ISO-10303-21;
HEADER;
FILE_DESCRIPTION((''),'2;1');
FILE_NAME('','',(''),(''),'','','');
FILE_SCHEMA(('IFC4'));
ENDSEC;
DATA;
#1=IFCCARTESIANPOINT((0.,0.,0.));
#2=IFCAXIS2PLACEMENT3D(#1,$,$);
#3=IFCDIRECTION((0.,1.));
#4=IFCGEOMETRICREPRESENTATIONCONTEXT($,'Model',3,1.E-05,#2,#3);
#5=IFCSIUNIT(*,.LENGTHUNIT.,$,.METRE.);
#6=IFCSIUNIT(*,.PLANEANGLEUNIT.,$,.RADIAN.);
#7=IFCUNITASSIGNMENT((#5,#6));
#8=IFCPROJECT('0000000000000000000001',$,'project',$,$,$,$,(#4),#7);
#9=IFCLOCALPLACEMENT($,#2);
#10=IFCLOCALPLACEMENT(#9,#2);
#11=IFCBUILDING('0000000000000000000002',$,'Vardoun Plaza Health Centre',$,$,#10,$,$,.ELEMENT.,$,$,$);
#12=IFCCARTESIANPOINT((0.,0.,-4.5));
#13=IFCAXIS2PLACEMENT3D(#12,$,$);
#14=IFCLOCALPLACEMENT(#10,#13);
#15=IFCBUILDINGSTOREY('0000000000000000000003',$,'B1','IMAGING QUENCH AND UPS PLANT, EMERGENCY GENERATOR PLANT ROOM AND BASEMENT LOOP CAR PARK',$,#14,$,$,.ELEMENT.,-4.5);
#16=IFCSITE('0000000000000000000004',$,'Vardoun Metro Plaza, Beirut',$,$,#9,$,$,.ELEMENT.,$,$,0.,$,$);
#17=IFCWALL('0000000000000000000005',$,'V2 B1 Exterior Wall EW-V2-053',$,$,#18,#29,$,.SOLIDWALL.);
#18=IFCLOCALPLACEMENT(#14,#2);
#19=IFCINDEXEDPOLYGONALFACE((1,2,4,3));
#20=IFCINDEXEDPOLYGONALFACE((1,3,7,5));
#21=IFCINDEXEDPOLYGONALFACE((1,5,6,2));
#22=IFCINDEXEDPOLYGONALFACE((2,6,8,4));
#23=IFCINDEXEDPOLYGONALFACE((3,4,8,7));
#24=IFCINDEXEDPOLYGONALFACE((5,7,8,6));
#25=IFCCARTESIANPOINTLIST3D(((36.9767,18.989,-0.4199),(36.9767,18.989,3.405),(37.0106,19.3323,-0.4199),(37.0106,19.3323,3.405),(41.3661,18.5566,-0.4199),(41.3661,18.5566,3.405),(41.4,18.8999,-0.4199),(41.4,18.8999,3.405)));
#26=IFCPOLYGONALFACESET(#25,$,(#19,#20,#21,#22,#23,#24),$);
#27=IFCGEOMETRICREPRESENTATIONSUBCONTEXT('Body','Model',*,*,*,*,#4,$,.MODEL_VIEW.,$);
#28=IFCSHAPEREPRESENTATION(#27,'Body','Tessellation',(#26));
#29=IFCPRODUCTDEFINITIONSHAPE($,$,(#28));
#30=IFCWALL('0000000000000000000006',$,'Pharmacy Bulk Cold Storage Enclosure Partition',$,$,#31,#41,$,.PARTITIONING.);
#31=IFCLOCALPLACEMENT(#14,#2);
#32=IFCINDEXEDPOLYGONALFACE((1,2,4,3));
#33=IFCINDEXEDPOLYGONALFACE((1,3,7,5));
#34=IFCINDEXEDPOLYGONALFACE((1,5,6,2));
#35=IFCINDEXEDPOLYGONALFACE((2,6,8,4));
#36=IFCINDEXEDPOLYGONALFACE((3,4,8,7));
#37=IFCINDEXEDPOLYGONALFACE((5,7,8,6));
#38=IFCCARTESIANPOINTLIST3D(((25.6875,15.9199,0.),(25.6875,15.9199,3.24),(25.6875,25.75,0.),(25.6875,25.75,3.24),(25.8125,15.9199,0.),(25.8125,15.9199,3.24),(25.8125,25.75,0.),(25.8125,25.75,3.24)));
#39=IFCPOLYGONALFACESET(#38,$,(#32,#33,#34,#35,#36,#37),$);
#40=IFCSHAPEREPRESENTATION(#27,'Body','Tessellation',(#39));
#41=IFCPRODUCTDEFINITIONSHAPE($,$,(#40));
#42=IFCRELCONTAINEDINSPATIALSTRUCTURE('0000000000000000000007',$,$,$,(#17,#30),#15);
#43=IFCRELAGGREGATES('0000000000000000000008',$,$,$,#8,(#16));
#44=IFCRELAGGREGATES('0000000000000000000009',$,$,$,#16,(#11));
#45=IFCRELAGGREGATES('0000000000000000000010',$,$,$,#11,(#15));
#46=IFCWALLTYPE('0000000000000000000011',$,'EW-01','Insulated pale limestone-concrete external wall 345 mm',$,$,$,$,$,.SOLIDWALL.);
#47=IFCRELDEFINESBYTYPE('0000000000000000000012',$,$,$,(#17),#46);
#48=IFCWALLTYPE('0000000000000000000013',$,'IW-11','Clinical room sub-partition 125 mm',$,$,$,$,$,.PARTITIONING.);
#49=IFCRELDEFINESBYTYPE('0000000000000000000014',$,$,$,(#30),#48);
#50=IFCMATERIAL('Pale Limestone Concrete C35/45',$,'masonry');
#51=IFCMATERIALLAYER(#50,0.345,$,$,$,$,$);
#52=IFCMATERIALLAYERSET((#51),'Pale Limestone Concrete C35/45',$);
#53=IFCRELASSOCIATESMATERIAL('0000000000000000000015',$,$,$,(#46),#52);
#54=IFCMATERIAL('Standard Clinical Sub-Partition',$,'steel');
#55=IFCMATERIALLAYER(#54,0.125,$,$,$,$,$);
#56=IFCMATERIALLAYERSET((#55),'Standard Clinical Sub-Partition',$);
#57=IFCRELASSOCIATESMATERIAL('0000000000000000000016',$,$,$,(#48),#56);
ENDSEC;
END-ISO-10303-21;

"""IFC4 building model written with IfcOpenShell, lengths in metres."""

from ifc_helpers import new_model, si_unit, direction, frame, frame_2d, origin, place, context, subcontext, project, spatial, rectangle, extrude, material, layer, layer_set, type_object, element, save


model = new_model("IFC4")

# Units and contexts
model_context = context("Model", 3, precision=1e-05, world=origin(), true_north=direction((0.0, 1.0)))
body_context = subcontext(model_context, "Body", "Model", "MODEL_VIEW")
ifc_project = project(units=[si_unit("LENGTHUNIT", "METRE"), si_unit("PLANEANGLEUNIT", "RADIAN")], contexts=[model_context])

# Site, building, storey
site_placement = place(None, origin())
site = spatial("IfcSite", under=ifc_project, at=site_placement, Name="Vardoun Metro Plaza, Beirut", CompositionType="ELEMENT", RefElevation=0.0)
building_placement = place(site_placement, origin())
building = spatial("IfcBuilding", under=site, at=building_placement, Name="Vardoun Plaza Health Centre", CompositionType="ELEMENT")
storey_placement = place(building_placement, frame((0.0, 0.0, -4.5)))
storey = spatial("IfcBuildingStorey", under=building, at=storey_placement, Name="B1", Description="IMAGING QUENCH AND UPS PLANT, EMERGENCY GENERATOR PLANT ROOM AND BASEMENT LOOP CAR PARK", CompositionType="ELEMENT", Elevation=-4.5)

# Walls
ifc_material_1 = material(Name="Pale Limestone Concrete C35/45", Category="masonry")
ifc_layer_1 = layer(ifc_material_1, 0.345)
ifc_layer_set_1 = layer_set([ifc_layer_1], Name="Pale Limestone Concrete C35/45")
wall_type_1 = type_object("IfcWallType", Name="EW-01", Description="Insulated pale limestone-concrete external wall 345 mm", PredefinedType="SOLIDWALL", material=ifc_layer_set_1)
wall_1_placement = place(storey_placement, frame((36.9937, 19.1606, -0.4199), z_axis=(0.0, 0.0, 1.0), x_axis=(0.995184, -0.098029, 0.0)))
element("IfcWall", 1, at=wall_1_placement, inside=storey, type_object=wall_type_1, Name="V2 B1 Exterior Wall EW-V2-053", PredefinedType="SOLIDWALL", context=body_context, shape_type="SweptSolid", body=[
    extrude(rectangle(XDim=4.4106, YDim=0.345, at=frame_2d((2.2053, 0.0))), origin(), (0.0, 0.0, 1.0), 3.825),
])
ifc_material_2 = material(Name="Standard Clinical Sub-Partition", Category="steel")
ifc_layer_2 = layer(ifc_material_2, 0.125)
ifc_layer_set_2 = layer_set([ifc_layer_2], Name="Standard Clinical Sub-Partition")
wall_type_2 = type_object("IfcWallType", Name="IW-11", Description="Clinical room sub-partition 125 mm", PredefinedType="PARTITIONING", material=ifc_layer_set_2)
wall_2_placement = place(storey_placement, frame((25.75, 25.75, 0.0), z_axis=(0.0, 0.0, 1.0), x_axis=(0.0, -1.0, 0.0)))
element("IfcWall", 2, at=wall_2_placement, inside=storey, type_object=wall_type_2, Name="Pharmacy Bulk Cold Storage Enclosure Partition", PredefinedType="PARTITIONING", context=body_context, shape_type="SweptSolid", body=[
    extrude(rectangle(XDim=9.8301, YDim=0.125, at=frame_2d((4.915, 0.0))), origin(), (0.0, 0.0, 1.0), 3.24),
])

save(model, "model.ifc")
